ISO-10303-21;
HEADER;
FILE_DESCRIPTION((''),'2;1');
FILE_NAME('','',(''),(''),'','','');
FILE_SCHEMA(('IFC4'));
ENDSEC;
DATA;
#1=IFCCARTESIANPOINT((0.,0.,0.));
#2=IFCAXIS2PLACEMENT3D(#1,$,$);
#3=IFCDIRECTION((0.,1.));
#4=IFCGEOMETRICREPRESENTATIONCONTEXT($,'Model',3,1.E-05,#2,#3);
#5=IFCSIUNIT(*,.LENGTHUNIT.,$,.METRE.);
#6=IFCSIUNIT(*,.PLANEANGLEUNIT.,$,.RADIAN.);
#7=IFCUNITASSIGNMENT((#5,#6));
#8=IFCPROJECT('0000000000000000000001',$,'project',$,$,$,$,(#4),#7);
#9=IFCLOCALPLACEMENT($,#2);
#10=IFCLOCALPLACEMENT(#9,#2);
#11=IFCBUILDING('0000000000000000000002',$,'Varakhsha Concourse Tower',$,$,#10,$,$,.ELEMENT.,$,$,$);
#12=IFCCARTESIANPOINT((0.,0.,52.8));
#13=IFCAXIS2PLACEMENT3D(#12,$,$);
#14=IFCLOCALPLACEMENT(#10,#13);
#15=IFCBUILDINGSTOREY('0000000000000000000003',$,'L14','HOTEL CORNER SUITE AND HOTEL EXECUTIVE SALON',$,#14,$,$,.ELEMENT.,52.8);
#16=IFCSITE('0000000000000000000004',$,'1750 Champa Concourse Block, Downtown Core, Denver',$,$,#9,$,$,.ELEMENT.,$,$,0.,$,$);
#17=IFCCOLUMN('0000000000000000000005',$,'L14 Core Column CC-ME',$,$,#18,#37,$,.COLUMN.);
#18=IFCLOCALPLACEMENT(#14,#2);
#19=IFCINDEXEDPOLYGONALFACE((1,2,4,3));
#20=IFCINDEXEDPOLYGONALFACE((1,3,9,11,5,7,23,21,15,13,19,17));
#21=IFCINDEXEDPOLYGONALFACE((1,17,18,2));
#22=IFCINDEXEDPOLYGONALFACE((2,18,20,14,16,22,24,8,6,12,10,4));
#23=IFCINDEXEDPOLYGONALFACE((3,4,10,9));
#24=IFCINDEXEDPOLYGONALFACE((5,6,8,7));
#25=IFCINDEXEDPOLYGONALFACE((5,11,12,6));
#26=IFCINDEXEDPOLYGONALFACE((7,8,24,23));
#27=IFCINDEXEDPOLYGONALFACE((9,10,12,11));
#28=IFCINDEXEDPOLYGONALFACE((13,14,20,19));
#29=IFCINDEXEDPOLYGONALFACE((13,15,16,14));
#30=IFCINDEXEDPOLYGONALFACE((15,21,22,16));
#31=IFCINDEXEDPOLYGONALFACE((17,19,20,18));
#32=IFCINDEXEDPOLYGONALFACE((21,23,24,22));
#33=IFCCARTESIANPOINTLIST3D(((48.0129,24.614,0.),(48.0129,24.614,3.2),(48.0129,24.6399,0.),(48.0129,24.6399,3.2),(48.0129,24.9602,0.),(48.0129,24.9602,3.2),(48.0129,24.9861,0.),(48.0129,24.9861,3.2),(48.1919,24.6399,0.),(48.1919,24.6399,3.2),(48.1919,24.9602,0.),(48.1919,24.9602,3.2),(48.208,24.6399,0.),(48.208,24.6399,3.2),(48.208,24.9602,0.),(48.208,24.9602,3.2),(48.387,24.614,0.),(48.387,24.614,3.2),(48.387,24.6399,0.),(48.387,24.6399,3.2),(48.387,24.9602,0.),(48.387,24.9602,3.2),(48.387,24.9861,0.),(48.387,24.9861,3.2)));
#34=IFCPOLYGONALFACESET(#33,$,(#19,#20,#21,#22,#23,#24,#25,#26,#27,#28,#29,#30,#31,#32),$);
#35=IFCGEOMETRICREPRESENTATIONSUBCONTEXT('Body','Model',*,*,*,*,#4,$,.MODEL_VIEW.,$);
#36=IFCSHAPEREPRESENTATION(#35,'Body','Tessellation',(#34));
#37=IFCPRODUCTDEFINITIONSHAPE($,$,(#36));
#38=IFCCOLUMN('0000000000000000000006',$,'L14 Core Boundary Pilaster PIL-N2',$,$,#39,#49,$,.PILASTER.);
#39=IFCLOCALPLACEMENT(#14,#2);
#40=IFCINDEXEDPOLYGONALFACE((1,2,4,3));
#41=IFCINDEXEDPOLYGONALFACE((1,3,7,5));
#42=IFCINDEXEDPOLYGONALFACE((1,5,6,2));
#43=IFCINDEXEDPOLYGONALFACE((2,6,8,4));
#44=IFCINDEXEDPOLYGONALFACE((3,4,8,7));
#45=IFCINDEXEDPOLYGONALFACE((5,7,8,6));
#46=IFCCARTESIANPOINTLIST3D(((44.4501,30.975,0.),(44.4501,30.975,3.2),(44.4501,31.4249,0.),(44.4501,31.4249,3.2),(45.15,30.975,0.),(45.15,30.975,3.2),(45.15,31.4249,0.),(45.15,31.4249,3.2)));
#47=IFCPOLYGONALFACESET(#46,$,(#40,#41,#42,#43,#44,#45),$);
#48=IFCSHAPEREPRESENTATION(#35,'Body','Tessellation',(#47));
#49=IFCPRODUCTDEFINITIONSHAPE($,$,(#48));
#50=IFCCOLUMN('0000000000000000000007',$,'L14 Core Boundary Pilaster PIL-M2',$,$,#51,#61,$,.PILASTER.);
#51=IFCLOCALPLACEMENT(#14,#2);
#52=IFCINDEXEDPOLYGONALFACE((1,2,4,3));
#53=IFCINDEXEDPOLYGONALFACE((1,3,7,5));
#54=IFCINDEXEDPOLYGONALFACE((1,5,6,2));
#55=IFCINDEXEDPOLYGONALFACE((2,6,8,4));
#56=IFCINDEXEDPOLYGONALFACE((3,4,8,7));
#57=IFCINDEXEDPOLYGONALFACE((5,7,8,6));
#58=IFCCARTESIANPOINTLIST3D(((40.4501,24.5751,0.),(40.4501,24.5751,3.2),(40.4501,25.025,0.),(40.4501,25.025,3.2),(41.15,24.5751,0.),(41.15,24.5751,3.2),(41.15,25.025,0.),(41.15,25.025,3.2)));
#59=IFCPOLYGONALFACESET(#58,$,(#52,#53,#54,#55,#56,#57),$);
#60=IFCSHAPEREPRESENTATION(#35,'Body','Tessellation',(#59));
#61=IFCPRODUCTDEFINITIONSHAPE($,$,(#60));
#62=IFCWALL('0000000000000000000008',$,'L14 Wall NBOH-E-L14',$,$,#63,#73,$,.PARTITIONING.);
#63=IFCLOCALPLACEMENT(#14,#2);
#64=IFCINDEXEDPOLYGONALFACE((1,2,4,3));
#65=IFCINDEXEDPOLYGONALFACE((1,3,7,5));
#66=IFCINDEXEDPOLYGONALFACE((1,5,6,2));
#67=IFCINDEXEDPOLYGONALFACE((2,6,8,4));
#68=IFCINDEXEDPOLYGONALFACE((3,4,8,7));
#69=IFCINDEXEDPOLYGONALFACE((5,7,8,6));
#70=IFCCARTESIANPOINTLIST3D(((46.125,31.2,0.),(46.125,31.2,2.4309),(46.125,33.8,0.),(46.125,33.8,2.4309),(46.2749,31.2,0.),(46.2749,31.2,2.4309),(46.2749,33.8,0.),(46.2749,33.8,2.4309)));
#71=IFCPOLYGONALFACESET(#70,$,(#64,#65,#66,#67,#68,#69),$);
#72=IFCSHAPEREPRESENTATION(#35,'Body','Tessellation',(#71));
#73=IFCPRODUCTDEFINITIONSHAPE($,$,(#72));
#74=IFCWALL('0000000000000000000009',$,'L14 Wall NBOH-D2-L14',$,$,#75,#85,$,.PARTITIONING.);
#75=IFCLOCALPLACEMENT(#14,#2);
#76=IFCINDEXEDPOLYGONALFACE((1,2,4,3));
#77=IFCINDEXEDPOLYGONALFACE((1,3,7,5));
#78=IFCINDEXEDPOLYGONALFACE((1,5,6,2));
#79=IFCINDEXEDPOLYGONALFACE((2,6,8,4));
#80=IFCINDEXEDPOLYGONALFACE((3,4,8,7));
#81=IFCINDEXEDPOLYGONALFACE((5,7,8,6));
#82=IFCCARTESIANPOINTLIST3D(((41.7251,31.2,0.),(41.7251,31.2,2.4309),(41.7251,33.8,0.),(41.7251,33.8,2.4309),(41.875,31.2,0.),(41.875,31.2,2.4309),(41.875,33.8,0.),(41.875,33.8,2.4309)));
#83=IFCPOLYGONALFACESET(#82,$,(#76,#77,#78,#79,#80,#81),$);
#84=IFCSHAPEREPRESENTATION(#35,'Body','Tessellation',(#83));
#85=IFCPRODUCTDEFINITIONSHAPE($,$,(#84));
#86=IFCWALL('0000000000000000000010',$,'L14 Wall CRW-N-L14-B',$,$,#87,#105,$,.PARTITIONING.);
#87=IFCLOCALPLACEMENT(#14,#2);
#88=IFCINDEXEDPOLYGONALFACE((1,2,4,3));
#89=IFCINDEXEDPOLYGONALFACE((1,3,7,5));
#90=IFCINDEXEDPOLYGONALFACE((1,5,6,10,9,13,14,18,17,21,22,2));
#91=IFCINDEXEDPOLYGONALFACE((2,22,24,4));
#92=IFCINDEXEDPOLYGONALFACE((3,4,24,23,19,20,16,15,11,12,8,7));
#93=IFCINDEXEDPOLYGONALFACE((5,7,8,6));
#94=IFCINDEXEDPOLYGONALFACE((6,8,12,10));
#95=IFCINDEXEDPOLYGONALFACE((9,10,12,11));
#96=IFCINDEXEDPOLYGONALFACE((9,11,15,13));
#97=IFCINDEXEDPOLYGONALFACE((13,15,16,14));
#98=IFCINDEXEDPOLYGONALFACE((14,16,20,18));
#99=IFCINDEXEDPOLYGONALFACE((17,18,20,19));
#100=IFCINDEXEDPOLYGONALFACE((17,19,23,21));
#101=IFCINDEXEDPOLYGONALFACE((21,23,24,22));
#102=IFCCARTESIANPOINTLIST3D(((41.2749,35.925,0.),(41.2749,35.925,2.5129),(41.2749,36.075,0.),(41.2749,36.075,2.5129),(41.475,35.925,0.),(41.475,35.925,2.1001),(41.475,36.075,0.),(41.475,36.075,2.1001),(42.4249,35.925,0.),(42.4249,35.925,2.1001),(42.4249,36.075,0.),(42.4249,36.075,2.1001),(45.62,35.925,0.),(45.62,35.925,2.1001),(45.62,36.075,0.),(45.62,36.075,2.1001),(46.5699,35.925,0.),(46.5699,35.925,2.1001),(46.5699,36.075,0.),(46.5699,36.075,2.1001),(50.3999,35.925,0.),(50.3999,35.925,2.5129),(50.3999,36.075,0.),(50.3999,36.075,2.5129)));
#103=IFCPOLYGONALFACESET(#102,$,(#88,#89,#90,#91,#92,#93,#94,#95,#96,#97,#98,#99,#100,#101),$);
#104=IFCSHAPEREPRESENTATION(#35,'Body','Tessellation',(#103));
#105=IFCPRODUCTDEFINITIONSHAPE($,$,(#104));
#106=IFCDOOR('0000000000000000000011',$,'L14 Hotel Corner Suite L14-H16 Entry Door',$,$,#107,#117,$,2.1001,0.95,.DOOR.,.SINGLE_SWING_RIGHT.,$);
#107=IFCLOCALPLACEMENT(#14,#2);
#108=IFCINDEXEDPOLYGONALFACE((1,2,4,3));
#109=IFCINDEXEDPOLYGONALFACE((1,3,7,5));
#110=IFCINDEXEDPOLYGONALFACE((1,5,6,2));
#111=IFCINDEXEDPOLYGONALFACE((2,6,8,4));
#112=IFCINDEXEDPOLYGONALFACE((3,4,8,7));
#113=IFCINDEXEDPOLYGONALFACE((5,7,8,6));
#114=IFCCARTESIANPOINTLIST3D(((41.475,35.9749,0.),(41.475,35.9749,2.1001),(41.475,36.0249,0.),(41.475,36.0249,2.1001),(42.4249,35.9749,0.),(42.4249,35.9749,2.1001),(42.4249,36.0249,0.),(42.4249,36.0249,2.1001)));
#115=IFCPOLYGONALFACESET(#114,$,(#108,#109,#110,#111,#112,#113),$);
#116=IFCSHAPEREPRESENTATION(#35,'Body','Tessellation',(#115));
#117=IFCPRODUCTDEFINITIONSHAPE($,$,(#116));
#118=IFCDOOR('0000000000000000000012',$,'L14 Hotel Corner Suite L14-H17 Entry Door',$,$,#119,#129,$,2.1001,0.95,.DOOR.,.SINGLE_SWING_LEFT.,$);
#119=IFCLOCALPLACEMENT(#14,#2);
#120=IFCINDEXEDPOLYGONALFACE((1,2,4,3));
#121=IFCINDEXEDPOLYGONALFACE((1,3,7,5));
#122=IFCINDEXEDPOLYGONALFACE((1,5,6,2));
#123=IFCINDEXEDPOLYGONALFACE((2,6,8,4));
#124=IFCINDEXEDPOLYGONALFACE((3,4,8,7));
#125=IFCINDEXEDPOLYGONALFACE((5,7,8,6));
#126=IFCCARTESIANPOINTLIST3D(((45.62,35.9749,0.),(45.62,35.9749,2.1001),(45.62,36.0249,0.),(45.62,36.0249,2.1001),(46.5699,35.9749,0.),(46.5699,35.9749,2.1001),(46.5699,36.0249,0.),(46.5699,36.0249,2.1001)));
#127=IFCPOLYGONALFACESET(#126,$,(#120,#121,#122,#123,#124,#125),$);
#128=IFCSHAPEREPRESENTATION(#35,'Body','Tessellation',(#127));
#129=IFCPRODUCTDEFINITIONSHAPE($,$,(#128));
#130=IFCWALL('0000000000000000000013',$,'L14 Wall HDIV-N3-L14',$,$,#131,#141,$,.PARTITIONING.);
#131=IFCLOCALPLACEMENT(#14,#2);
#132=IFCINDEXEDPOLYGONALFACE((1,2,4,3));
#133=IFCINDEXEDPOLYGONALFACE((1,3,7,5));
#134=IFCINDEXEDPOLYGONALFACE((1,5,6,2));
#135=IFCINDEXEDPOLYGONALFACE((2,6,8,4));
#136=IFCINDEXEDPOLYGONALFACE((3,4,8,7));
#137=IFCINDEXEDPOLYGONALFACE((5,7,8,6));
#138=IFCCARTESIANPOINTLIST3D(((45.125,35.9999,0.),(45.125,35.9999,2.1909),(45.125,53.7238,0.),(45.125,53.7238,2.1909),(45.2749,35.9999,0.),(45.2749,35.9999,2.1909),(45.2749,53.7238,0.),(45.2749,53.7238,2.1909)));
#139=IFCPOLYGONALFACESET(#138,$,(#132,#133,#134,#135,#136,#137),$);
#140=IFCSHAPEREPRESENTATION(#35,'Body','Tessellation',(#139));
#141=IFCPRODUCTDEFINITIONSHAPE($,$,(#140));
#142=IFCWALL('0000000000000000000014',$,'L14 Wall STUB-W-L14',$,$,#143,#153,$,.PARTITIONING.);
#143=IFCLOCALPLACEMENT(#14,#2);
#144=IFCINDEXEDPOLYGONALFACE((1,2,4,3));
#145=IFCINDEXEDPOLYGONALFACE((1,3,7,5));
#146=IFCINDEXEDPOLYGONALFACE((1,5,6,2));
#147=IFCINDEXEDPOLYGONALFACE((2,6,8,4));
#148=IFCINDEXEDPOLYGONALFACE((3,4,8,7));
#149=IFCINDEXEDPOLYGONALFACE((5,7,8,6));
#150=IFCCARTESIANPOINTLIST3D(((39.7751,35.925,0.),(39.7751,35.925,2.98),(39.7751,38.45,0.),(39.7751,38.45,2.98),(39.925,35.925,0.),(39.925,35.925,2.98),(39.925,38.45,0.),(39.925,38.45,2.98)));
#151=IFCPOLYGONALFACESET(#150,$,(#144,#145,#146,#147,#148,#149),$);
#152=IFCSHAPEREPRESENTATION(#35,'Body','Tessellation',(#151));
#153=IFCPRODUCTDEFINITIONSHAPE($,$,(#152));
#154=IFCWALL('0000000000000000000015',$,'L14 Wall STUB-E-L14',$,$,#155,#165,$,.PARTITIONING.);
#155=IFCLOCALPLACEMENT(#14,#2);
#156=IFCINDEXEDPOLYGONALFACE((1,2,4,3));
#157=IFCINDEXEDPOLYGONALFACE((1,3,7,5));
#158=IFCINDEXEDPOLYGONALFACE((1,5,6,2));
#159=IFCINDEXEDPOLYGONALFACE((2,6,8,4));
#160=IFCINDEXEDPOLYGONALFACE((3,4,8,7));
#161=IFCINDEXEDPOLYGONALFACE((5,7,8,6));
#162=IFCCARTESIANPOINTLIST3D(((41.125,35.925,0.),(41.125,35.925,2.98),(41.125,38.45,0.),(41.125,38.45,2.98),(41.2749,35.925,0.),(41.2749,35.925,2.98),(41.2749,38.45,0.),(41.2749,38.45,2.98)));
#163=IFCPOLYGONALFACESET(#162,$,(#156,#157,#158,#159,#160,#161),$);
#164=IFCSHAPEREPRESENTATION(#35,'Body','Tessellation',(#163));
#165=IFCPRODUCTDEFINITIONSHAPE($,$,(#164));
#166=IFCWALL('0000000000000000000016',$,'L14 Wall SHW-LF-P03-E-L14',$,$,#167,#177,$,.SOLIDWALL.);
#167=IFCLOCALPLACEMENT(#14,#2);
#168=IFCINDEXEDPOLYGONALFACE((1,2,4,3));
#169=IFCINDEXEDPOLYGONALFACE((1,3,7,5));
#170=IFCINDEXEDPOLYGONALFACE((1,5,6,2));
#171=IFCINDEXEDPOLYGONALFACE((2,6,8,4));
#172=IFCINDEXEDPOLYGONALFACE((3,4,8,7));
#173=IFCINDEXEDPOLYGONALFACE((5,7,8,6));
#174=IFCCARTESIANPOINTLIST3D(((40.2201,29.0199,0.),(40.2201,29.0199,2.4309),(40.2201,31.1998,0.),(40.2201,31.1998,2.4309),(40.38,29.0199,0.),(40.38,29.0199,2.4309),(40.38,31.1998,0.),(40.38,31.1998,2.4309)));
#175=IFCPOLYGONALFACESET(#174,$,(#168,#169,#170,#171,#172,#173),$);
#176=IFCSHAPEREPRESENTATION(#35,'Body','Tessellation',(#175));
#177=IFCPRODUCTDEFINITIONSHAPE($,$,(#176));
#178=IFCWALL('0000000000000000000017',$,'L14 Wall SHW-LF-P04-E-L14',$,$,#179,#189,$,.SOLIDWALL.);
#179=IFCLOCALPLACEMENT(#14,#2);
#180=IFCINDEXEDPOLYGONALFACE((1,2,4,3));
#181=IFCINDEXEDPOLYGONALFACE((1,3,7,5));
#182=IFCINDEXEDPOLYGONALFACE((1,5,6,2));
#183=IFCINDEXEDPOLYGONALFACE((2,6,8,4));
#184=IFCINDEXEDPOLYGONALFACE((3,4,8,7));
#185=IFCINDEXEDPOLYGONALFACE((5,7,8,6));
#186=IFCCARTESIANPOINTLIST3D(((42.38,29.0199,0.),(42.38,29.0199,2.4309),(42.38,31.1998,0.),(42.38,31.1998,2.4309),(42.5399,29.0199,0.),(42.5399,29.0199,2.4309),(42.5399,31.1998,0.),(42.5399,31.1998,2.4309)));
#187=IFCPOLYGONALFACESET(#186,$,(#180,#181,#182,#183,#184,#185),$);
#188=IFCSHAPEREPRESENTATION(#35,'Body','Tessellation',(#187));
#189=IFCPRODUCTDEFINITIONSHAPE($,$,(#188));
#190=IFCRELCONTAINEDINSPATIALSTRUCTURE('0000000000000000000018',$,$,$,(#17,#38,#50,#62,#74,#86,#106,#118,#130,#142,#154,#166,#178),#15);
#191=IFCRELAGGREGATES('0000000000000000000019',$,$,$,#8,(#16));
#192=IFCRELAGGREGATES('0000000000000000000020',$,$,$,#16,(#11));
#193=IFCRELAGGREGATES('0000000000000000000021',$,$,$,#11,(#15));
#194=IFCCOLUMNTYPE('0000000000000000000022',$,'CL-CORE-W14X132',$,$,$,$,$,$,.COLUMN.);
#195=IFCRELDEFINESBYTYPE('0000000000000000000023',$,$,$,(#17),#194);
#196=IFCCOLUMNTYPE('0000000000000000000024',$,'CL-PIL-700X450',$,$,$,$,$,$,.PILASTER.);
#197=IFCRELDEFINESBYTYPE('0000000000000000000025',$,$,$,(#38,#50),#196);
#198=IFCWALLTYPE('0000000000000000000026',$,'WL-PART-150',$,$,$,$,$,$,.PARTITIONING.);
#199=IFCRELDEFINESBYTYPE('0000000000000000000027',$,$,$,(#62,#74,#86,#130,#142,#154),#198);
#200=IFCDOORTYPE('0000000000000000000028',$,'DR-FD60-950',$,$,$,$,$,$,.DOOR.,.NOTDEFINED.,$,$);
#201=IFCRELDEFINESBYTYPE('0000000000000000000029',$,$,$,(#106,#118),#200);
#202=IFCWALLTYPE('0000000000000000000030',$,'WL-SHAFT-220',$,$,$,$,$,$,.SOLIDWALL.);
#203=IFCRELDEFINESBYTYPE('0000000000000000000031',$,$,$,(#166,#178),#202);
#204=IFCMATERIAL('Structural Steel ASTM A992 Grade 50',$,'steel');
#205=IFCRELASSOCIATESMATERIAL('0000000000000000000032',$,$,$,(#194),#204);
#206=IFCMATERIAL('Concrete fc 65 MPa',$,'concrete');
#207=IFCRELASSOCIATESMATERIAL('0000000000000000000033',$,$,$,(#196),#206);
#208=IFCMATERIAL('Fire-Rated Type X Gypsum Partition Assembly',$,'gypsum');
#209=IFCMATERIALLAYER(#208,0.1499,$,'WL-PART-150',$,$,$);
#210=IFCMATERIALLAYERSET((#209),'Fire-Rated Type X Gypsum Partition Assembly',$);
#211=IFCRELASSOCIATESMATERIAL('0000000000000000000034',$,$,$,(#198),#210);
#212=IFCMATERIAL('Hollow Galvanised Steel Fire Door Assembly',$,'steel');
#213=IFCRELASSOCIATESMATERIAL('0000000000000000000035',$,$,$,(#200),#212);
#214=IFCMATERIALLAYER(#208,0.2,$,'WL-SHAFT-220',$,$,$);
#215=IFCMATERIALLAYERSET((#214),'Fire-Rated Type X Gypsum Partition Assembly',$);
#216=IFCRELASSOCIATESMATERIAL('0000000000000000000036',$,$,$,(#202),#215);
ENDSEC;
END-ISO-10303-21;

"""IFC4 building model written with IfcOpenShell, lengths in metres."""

from ifc_helpers import new_model, si_unit, direction, frame, frame_2d, origin, origin_2d, place, context, subcontext, project, spatial, rectangle, i_section, extrude, material, layer, layer_set, material_profile, profile_set, type_object, element, fill, save


model = new_model("IFC4")

# Units and contexts
model_context = context("Model", 3, precision=1e-05, world=origin(), true_north=direction((0.0, 1.0)))
body_context = subcontext(model_context, "Body", "Model", "MODEL_VIEW")
ifc_project = project(units=[si_unit("LENGTHUNIT", "METRE"), si_unit("PLANEANGLEUNIT", "RADIAN")], contexts=[model_context])

# Site, building, storey
site_placement = place(None, origin())
site = spatial("IfcSite", under=ifc_project, at=site_placement, Name="1750 Champa Concourse Block, Downtown Core, Denver", CompositionType="ELEMENT", RefElevation=0.0)
building_placement = place(site_placement, origin())
building = spatial("IfcBuilding", under=site, at=building_placement, Name="Varakhsha Concourse Tower", CompositionType="ELEMENT")
storey_placement = place(building_placement, frame((0.0, 0.0, 52.8)))
storey = spatial("IfcBuildingStorey", under=building, at=storey_placement, Name="L14", Description="HOTEL CORNER SUITE AND HOTEL EXECUTIVE SALON", CompositionType="ELEMENT", Elevation=52.8)

# Columns
ifc_material_1 = material(Name="Structural Steel ASTM A992 Grade 50", Category="steel")
ifc_material_profile_1 = material_profile(ifc_material_1, i_section(OverallWidth=0.374, OverallDepth=0.3721, WebThickness=0.0161, FlangeThickness=0.0259, at=origin_2d()), Name="W14X132")
ifc_profile_set_1 = profile_set([ifc_material_profile_1], Name="Structural Steel ASTM A992 Grade 50")
column_type_1 = type_object("IfcColumnType", Name="CL-CORE-W14X132", PredefinedType="COLUMN", material=ifc_profile_set_1)
column_placement = place(storey_placement, frame((48.2, 24.8, 0.0), z_axis=(0.0, 0.0, 1.0), x_axis=(1.0, 0.0, 0.0)))
element("IfcColumn", 1, at=column_placement, inside=storey, type_object=column_type_1, Name="L14 Core Column CC-ME", PredefinedType="COLUMN", context=body_context, shape_type="SweptSolid", body=[
    extrude(i_section(OverallWidth=0.374, OverallDepth=0.3721, WebThickness=0.0161, FlangeThickness=0.0259, at=origin_2d()), origin(), (0.0, 0.0, 1.0), 3.2),
])
ifc_material_2 = material(Name="Concrete fc 65 MPa", Category="concrete")
ifc_material_profile_2 = material_profile(ifc_material_2, rectangle(XDim=0.7, YDim=0.45, at=origin_2d()), Name="RC 700x450")
ifc_profile_set_2 = profile_set([ifc_material_profile_2], Name="Concrete fc 65 MPa")
column_type_2 = type_object("IfcColumnType", Name="CL-PIL-700X450", PredefinedType="PILASTER", material=ifc_profile_set_2)
for number, where, z_axis, x_axis, name in (
    (2, (44.8, 31.2, 0.0), (0.0, 0.0, 1.0), (1.0, 0.0, 0.0), "L14 Core Boundary Pilaster PIL-N2"),
    (3, (40.8, 24.8, 0.0), (0.0, 0.0, 1.0), (1.0, 0.0, 0.0), "L14 Core Boundary Pilaster PIL-M2"),
):
    element("IfcColumn", number, at=place(storey_placement, frame(where, z_axis=z_axis, x_axis=x_axis)), inside=storey, type_object=column_type_2, Name=name, PredefinedType="PILASTER", context=body_context, shape_type="SweptSolid", body=[
        extrude(rectangle(XDim=0.7, YDim=0.45, at=origin_2d()), origin(), (0.0, 0.0, 1.0), 3.2),
    ])

# Walls
ifc_material_3 = material(Name="Fire-Rated Type X Gypsum Partition Assembly", Category="gypsum")
ifc_layer_1 = layer(ifc_material_3, 0.1499, Name="WL-PART-150")
ifc_layer_set_1 = layer_set([ifc_layer_1], Name="Fire-Rated Type X Gypsum Partition Assembly")
wall_type_1 = type_object("IfcWallType", Name="WL-PART-150", PredefinedType="PARTITIONING", material=ifc_layer_set_1)
for number, where, z_axis, x_axis, name in (
    (4, (46.2, 31.2, 0.0), (0.0, 0.0, 1.0), (0.0, 1.0, 0.0), "L14 Wall NBOH-E-L14"),
    (5, (41.8, 31.2, 0.0), (0.0, 0.0, 1.0), (0.0, 1.0, 0.0), "L14 Wall NBOH-D2-L14"),
):
    element("IfcWall", number, at=place(storey_placement, frame(where, z_axis=z_axis, x_axis=x_axis)), inside=storey, type_object=wall_type_1, Name=name, PredefinedType="PARTITIONING", context=body_context, shape_type="SweptSolid", body=[
        extrude(rectangle(XDim=2.6001, YDim=0.1499, at=frame_2d((1.3, 0.0))), origin(), (0.0, 0.0, 1.0), 2.4309),
    ])

# Wall, openings, doors
wall_1_placement = place(storey_placement, frame((41.2749, 36.0, 0.0), z_axis=(0.0, 0.0, 1.0), x_axis=(1.0, 0.0, 0.0)))
wall_1 = element("IfcWall", 6, at=wall_1_placement, inside=storey, type_object=wall_type_1, Name="L14 Wall CRW-N-L14-B", PredefinedType="PARTITIONING", context=body_context, shape_type="SweptSolid", body=[
    extrude(rectangle(XDim=9.125, YDim=0.1499, at=frame_2d((4.5625, 0.0))), origin(), (0.0, 0.0, 1.0), 2.5129),
])
opening_1_placement = place(wall_1_placement, frame((0.2, 0.0, 0.0)))
opening_1 = element("IfcOpeningElement", 7, at=opening_1_placement, cuts=wall_1, PredefinedType="OPENING", context=body_context, shape_type="SweptSolid", body=[
    extrude(rectangle(XDim=0.95, YDim=2.1001, at=frame_2d((0.4751, 1.05))), frame((0.0, 0.085, 0.0), z_axis=(0.0, -1.0, 0.0), x_axis=(1.0, 0.0, 0.0)), (0.0, 0.0, 1.0), 0.1699),
])
opening_2_placement = place(wall_1_placement, frame((4.345, 0.0, 0.0)))
opening_2 = element("IfcOpeningElement", 8, at=opening_2_placement, cuts=wall_1, PredefinedType="OPENING", context=body_context, shape_type="SweptSolid", body=[
    extrude(rectangle(XDim=0.95, YDim=2.1001, at=frame_2d((0.4751, 1.05))), frame((0.0, 0.085, 0.0), z_axis=(0.0, -1.0, 0.0), x_axis=(1.0, 0.0, 0.0)), (0.0, 0.0, 1.0), 0.1699),
])
ifc_material_4 = material(Name="Hollow Galvanised Steel Fire Door Assembly", Category="steel")
door_type = type_object("IfcDoorType", Name="DR-FD60-950", OperationType="NOTDEFINED", PredefinedType="DOOR", material=ifc_material_4)
door_1_placement = place(opening_1_placement, origin())
door_1 = element("IfcDoor", 9, at=door_1_placement, inside=storey, type_object=door_type, Name="L14 Hotel Corner Suite L14-H16 Entry Door", OperationType="SINGLE_SWING_RIGHT", OverallHeight=2.1001, OverallWidth=0.95, PredefinedType="DOOR", context=body_context, shape_type="SweptSolid", body=[
    extrude(rectangle(XDim=0.95, YDim=2.1001, at=frame_2d((0.4751, 1.05))), frame((0.0, 0.0249, 0.0), z_axis=(0.0, -1.0, 0.0), x_axis=(1.0, 0.0, 0.0)), (0.0, 0.0, 1.0), 0.05),
])
fill(opening_1, door_1)
door_2_placement = place(opening_2_placement, origin())
door_2 = element("IfcDoor", 10, at=door_2_placement, inside=storey, type_object=door_type, Name="L14 Hotel Corner Suite L14-H17 Entry Door", OperationType="SINGLE_SWING_LEFT", OverallHeight=2.1001, OverallWidth=0.95, PredefinedType="DOOR", context=body_context, shape_type="SweptSolid", body=[
    extrude(rectangle(XDim=0.95, YDim=2.1001, at=frame_2d((0.4751, 1.05))), frame((0.0, 0.0249, 0.0), z_axis=(0.0, -1.0, 0.0), x_axis=(1.0, 0.0, 0.0)), (0.0, 0.0, 1.0), 0.05),
])
fill(opening_2, door_2)

# Walls
wall_2_placement = place(storey_placement, frame((45.2, 36.0, 0.0), z_axis=(0.0, 0.0, 1.0), x_axis=(0.0, 1.0, 0.0)))
element("IfcWall", 11, at=wall_2_placement, inside=storey, type_object=wall_type_1, Name="L14 Wall HDIV-N3-L14", PredefinedType="PARTITIONING", context=body_context, shape_type="SweptSolid", body=[
    extrude(rectangle(XDim=17.7239, YDim=0.1499, at=frame_2d((8.8618, 0.0))), origin(), (0.0, 0.0, 1.0), 2.1909),
])
for number, where, z_axis, x_axis, name in (
    (12, (39.8501, 35.925, 0.0), (0.0, 0.0, 1.0), (0.0, 1.0, 0.0), "L14 Wall STUB-W-L14"),
    (13, (41.2, 35.925, 0.0), (0.0, 0.0, 1.0), (0.0, 1.0, 0.0), "L14 Wall STUB-E-L14"),
):
    element("IfcWall", number, at=place(storey_placement, frame(where, z_axis=z_axis, x_axis=x_axis)), inside=storey, type_object=wall_type_1, Name=name, PredefinedType="PARTITIONING", context=body_context, shape_type="SweptSolid", body=[
        extrude(rectangle(XDim=2.5249, YDim=0.1499, at=frame_2d((1.2625, 0.0))), origin(), (0.0, 0.0, 1.0), 2.98),
    ])
ifc_layer_2 = layer(ifc_material_3, 0.2, Name="WL-SHAFT-220")
ifc_layer_set_2 = layer_set([ifc_layer_2], Name="Fire-Rated Type X Gypsum Partition Assembly")
wall_type_2 = type_object("IfcWallType", Name="WL-SHAFT-220", PredefinedType="SOLIDWALL", material=ifc_layer_set_2)
for number, where, z_axis, x_axis, name in (
    (14, (40.3, 29.02, 0.0), (0.0, 0.0, 1.0), (0.0, 1.0, 0.0), "L14 Wall SHW-LF-P03-E-L14"),
    (15, (42.46, 29.02, 0.0), (0.0, 0.0, 1.0), (0.0, 1.0, 0.0), "L14 Wall SHW-LF-P04-E-L14"),
):
    element("IfcWall", number, at=place(storey_placement, frame(where, z_axis=z_axis, x_axis=x_axis)), inside=storey, type_object=wall_type_2, Name=name, PredefinedType="SOLIDWALL", context=body_context, shape_type="SweptSolid", body=[
        extrude(rectangle(XDim=2.1799, YDim=0.1599, at=frame_2d((1.0898, 0.0))), origin(), (0.0, 0.0, 1.0), 2.4309),
    ])

save(model, "model.ifc")
